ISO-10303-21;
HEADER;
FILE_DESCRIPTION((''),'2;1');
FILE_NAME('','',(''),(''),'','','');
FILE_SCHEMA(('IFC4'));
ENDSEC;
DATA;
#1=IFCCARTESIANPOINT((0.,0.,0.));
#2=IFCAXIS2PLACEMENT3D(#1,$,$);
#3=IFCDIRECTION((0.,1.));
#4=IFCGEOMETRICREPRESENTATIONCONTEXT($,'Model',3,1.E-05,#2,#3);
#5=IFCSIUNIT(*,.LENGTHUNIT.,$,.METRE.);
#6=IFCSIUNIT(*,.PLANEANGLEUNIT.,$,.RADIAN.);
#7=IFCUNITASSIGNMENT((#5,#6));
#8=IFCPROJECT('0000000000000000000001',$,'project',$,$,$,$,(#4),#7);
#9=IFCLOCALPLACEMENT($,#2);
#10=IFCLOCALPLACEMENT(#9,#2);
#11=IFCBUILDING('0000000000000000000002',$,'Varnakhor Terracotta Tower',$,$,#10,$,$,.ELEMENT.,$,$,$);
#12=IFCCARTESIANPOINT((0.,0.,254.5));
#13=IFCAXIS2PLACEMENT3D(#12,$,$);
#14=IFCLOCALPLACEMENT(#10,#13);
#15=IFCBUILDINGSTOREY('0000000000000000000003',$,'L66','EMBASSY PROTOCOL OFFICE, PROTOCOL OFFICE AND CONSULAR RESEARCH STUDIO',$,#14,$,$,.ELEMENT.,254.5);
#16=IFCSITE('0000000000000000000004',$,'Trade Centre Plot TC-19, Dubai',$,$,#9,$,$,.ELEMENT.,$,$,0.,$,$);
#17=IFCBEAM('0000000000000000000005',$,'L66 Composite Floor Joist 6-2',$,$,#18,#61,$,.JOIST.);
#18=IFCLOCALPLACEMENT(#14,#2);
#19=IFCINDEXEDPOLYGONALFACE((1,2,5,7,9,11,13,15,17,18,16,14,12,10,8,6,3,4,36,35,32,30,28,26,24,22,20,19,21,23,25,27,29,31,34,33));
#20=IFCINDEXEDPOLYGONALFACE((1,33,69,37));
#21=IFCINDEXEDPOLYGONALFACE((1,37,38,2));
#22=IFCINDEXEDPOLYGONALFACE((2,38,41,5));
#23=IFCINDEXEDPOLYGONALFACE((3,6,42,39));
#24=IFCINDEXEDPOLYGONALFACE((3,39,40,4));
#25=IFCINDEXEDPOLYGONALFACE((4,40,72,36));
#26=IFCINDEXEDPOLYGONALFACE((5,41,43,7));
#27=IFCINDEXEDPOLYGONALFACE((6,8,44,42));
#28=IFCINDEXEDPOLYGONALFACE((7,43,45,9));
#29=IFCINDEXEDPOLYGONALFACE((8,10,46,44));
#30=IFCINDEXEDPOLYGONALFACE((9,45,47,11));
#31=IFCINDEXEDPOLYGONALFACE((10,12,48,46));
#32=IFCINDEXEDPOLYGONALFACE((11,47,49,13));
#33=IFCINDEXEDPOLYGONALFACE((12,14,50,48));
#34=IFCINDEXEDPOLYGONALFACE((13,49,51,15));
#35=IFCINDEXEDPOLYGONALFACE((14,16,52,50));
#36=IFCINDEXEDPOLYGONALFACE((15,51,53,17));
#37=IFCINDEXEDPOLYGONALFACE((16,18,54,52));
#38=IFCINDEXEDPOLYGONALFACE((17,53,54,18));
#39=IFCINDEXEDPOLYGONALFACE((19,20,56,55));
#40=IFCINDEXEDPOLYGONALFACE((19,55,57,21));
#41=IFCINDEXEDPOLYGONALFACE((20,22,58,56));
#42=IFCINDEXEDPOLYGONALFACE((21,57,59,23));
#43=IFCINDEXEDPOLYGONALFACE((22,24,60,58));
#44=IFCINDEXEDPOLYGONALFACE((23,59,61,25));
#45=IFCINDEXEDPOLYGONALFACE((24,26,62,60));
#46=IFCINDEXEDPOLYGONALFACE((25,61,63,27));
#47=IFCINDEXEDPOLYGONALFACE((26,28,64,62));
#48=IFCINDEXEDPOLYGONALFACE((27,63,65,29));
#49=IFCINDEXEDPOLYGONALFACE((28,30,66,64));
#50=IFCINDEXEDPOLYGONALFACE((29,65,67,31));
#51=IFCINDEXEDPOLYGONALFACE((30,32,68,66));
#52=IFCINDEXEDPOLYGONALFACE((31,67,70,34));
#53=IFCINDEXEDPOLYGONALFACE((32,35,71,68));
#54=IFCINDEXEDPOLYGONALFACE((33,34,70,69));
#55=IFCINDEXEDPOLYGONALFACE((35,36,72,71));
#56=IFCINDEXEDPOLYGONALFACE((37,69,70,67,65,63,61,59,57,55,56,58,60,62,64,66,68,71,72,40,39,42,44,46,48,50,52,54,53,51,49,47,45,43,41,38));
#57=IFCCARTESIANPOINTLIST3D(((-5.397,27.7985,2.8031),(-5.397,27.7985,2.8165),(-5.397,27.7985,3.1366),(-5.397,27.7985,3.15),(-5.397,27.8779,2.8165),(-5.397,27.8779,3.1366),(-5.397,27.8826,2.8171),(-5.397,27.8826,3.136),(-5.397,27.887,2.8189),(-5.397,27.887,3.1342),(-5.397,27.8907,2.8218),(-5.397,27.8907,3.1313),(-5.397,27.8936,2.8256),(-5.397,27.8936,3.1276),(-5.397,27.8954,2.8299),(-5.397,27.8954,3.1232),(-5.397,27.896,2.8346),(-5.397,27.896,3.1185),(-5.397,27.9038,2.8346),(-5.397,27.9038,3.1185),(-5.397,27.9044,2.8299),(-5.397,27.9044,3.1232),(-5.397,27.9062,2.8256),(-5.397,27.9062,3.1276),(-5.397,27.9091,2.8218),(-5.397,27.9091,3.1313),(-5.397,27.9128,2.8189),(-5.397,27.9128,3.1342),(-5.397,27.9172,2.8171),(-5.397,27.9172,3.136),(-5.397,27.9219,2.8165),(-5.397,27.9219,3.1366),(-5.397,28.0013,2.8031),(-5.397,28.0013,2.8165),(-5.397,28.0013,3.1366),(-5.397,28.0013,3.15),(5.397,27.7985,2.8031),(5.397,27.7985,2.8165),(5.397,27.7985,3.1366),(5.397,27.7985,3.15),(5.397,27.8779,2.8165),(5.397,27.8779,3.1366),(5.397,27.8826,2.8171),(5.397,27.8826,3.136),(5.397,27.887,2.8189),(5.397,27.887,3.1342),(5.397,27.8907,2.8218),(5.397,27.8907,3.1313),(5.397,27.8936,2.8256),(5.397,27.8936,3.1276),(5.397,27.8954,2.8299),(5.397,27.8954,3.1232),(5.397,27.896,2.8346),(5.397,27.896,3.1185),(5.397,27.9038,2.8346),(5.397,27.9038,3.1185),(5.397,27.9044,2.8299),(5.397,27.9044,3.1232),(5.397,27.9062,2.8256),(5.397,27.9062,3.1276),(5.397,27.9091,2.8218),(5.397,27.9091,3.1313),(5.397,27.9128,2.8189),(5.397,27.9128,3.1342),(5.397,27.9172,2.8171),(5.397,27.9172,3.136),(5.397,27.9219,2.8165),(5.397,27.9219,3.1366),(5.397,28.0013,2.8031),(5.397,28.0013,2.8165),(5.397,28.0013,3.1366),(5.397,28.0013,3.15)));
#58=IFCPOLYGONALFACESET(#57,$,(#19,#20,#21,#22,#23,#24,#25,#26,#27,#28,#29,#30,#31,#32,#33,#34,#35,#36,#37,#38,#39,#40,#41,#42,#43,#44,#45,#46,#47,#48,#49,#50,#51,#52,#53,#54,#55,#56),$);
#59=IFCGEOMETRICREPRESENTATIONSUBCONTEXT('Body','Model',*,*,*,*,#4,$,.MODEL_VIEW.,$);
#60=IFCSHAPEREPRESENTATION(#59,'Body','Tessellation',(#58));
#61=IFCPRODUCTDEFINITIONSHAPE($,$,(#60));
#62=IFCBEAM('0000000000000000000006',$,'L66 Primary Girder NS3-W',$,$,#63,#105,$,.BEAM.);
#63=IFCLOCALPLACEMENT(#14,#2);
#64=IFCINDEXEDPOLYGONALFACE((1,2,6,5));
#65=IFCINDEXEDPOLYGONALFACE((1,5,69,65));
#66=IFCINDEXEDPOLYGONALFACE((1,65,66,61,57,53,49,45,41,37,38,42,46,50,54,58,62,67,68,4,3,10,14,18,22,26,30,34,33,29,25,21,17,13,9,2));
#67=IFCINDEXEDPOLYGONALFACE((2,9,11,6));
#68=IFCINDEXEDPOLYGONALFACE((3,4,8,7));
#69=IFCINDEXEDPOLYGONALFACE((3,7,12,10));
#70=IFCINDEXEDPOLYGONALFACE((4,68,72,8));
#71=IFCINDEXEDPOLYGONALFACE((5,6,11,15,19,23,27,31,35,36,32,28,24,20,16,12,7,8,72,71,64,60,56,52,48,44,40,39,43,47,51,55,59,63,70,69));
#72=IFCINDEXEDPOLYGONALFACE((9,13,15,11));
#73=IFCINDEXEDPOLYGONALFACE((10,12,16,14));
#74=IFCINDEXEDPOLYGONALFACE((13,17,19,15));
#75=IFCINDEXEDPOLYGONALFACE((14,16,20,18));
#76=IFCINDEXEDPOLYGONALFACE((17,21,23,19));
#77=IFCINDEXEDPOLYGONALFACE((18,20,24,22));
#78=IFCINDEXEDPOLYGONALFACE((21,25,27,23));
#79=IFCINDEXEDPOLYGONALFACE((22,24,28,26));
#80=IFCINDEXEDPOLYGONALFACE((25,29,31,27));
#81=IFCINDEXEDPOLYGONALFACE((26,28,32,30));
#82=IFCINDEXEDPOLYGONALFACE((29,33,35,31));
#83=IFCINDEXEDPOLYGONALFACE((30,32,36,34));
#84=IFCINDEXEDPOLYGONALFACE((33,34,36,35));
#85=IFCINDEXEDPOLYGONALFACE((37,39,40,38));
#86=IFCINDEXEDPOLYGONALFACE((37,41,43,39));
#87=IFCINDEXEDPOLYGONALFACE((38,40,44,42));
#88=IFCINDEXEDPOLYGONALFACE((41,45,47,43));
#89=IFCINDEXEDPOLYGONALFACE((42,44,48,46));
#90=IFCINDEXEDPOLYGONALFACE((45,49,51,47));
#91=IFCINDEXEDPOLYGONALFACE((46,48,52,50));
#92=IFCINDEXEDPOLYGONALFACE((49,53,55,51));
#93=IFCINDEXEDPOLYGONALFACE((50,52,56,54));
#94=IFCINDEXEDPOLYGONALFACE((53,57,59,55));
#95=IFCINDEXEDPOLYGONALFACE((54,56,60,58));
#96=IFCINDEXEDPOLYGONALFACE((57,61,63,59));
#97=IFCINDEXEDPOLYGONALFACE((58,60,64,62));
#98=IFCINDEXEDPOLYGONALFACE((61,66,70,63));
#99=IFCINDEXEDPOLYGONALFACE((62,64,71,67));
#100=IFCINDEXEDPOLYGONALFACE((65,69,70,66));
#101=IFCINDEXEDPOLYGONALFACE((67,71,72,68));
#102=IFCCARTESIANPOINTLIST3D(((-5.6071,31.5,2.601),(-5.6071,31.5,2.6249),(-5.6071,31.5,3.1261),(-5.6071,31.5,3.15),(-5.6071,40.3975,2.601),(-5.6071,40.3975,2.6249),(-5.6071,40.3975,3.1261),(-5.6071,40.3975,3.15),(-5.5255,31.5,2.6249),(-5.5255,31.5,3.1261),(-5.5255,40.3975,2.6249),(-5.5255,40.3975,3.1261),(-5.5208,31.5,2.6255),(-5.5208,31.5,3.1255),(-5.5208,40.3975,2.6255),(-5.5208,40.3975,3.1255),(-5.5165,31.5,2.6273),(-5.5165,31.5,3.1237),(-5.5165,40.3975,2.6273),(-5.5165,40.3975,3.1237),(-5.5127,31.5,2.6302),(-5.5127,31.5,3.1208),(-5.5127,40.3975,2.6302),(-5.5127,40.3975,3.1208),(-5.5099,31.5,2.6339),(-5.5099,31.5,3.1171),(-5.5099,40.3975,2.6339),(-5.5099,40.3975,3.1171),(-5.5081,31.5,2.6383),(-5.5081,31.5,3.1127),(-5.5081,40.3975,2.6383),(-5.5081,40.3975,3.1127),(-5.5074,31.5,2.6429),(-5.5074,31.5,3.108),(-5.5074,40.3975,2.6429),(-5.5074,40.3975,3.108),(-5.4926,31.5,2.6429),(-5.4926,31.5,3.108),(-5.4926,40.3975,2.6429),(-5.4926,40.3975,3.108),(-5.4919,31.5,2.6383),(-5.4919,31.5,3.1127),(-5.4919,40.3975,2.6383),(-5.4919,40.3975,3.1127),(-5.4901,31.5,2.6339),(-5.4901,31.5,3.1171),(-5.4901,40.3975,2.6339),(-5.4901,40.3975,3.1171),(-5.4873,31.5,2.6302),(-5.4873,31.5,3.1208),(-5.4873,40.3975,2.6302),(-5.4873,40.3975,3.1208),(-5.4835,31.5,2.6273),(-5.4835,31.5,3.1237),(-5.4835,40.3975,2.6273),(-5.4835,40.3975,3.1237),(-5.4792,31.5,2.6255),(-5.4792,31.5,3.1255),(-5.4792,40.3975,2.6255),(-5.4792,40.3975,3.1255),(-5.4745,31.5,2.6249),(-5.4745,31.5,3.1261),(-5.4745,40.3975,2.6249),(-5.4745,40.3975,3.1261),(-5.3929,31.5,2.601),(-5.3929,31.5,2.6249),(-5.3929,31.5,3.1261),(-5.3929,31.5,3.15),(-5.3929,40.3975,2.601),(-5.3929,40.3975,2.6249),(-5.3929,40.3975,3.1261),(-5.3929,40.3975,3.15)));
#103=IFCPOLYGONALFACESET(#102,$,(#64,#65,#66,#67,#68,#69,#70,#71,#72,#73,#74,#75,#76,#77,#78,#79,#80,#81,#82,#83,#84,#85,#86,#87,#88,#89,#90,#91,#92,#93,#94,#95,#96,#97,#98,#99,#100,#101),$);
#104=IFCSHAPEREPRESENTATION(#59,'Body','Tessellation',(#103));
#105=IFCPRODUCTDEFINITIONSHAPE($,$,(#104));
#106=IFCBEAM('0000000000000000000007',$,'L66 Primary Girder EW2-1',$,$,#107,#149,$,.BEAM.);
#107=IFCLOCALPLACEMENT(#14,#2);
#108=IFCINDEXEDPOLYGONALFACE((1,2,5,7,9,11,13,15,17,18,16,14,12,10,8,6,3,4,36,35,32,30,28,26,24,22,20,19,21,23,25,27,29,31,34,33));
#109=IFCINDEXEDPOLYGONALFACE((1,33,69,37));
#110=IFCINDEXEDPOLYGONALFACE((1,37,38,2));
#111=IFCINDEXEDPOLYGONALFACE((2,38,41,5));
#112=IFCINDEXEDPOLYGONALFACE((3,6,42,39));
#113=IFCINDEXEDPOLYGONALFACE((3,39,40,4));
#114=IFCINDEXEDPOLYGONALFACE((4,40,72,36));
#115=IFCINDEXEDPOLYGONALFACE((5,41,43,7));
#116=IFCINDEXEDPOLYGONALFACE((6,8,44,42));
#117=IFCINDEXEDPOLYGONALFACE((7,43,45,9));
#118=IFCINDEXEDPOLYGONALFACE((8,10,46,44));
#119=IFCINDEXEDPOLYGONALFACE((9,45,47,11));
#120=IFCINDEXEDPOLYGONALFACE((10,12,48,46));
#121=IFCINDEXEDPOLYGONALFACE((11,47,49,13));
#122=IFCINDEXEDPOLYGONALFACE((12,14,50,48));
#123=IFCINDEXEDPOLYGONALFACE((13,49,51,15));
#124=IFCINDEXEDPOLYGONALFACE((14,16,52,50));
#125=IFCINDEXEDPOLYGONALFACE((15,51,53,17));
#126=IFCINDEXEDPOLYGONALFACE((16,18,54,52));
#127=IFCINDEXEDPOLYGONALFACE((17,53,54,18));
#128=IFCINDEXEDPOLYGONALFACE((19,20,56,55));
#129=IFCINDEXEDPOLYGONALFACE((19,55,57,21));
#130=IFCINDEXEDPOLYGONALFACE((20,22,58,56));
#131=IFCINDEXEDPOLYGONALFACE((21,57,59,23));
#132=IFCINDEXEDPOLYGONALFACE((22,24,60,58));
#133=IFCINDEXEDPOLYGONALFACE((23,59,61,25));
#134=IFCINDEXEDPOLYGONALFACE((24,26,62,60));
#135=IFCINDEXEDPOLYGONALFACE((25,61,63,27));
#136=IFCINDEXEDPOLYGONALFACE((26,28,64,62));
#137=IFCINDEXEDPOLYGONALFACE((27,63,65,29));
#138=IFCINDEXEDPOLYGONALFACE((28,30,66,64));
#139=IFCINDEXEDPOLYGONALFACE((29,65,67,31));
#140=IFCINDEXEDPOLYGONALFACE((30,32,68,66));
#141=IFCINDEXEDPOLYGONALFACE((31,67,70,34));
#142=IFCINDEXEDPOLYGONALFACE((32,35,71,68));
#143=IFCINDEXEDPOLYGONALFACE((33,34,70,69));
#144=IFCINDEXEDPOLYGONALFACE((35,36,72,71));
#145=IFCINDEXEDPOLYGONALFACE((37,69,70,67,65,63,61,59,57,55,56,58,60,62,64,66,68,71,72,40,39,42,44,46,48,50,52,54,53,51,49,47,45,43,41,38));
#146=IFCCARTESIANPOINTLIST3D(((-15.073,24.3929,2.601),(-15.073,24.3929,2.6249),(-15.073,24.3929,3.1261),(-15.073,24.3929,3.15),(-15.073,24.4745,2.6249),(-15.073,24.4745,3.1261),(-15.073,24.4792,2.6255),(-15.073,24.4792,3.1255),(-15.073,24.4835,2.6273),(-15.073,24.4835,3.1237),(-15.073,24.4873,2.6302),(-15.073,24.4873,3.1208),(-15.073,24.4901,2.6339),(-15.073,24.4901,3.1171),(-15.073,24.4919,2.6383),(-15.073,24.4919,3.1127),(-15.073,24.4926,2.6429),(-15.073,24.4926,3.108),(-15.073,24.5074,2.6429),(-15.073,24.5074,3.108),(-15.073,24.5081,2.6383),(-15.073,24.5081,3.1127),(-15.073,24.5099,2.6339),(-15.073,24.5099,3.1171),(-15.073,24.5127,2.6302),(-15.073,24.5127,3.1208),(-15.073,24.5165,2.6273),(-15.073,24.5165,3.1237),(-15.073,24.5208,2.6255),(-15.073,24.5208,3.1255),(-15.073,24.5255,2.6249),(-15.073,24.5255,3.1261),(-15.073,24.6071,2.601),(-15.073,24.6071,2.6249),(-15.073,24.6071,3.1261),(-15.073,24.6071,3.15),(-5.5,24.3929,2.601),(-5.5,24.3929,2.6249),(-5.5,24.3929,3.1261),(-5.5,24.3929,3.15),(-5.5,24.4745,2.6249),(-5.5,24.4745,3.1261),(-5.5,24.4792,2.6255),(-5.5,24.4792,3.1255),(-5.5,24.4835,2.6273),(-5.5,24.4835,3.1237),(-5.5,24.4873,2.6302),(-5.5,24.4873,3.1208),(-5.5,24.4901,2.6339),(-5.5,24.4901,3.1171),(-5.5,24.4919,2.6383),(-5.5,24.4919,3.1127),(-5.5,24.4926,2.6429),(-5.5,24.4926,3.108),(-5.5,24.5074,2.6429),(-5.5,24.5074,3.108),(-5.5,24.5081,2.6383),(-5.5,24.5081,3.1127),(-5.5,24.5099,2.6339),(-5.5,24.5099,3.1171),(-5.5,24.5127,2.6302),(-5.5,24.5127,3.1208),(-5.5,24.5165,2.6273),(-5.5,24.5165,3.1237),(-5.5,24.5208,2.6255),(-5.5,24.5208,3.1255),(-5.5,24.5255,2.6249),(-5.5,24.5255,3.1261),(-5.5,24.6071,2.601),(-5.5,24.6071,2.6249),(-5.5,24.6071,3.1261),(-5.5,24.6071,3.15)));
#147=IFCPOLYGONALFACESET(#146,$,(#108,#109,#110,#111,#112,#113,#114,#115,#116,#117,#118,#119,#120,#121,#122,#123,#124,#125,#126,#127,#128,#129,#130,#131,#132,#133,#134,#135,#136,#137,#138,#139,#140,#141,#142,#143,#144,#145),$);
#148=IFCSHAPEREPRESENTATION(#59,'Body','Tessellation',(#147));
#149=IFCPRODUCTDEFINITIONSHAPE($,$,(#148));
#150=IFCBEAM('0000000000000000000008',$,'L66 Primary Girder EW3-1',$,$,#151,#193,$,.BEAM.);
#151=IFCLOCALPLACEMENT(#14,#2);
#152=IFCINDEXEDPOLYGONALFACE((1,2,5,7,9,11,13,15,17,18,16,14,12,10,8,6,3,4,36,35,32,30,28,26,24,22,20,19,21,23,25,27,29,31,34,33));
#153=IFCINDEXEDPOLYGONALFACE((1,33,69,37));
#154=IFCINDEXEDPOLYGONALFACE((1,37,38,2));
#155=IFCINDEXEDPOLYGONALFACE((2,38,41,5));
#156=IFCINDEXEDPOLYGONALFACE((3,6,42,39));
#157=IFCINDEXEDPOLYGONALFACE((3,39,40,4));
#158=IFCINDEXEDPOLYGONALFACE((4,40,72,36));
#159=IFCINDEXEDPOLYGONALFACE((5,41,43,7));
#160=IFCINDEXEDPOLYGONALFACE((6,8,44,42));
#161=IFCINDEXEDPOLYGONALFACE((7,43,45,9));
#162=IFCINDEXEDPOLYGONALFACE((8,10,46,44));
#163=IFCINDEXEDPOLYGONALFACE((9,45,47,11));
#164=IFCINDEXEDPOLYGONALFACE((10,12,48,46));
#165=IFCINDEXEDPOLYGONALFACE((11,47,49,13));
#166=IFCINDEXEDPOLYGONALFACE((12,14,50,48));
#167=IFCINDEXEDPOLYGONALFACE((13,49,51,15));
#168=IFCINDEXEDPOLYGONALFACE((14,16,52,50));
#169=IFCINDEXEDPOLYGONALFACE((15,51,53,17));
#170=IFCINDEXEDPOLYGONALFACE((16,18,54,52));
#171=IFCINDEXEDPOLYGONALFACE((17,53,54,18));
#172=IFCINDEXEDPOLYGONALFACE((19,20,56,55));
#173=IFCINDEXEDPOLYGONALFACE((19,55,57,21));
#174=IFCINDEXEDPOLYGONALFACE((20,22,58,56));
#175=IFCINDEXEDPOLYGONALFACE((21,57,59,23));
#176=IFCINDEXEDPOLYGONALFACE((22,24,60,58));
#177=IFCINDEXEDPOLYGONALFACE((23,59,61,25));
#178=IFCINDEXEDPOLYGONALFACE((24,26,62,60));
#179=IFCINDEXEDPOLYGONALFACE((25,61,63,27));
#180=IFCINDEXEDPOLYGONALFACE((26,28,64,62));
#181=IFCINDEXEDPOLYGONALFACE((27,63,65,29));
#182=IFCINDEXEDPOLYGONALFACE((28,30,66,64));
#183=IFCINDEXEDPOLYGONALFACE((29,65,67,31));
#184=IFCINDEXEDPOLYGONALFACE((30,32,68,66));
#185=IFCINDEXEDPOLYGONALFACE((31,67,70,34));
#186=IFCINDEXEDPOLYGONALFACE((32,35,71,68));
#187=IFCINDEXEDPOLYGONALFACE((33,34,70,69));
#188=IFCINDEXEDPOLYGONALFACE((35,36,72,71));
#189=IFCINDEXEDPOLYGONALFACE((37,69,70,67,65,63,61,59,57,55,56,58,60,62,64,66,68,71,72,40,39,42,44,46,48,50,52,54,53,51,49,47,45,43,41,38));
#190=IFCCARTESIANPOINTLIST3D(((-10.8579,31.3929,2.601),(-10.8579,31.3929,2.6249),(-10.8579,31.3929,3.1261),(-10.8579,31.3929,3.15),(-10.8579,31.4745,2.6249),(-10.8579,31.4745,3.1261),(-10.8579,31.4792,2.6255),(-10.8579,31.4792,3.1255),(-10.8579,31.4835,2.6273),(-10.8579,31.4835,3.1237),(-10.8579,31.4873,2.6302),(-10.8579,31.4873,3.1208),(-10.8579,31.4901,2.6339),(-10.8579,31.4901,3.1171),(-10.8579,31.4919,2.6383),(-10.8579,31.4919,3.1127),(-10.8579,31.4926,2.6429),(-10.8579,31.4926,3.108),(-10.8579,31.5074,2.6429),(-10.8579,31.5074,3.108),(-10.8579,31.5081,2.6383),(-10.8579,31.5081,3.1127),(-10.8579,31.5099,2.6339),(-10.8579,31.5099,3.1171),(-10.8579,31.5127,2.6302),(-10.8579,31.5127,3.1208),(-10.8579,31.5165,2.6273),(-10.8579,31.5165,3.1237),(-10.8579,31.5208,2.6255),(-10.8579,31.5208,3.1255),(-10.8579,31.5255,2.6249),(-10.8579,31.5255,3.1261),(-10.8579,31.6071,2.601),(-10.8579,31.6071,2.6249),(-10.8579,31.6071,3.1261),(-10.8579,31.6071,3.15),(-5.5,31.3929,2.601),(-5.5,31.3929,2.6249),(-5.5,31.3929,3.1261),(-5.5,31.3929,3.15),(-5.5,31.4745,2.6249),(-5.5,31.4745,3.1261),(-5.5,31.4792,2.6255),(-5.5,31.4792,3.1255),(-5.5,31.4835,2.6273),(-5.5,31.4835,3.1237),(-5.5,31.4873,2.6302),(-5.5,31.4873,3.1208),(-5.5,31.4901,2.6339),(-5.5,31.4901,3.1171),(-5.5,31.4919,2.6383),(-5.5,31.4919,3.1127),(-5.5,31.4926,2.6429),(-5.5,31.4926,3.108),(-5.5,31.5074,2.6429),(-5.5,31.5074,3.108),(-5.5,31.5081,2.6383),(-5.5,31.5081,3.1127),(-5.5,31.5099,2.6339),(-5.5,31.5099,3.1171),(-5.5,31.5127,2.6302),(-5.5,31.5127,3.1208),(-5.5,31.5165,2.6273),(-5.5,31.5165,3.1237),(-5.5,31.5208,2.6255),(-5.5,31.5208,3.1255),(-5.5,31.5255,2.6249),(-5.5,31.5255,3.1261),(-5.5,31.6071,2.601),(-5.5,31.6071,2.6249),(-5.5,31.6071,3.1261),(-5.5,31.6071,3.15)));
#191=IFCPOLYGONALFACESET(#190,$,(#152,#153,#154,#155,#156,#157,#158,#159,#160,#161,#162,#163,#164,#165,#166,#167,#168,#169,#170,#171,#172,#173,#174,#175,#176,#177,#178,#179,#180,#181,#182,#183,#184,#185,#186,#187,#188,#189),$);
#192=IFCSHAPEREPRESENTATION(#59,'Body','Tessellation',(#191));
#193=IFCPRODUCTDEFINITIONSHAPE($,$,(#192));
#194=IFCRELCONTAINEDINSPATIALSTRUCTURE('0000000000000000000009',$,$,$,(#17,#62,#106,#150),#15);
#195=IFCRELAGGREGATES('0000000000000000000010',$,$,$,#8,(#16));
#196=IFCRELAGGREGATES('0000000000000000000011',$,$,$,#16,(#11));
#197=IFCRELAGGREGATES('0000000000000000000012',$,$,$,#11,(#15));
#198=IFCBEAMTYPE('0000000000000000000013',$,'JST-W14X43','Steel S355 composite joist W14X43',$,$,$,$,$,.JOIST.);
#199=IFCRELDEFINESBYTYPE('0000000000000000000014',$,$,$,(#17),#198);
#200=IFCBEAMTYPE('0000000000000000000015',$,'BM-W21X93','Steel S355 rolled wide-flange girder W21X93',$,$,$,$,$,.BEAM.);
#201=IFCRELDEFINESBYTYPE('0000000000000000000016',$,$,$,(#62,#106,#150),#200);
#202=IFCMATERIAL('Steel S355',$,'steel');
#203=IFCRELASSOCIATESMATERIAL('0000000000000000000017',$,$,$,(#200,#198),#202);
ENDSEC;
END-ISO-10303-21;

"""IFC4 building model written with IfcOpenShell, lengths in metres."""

from ifc_helpers import new_model, si_unit, direction, frame, origin, origin_2d, place, context, subcontext, project, spatial, i_section, extrude, source, transform, mapped, material, material_profile, profile_set, type_object, element, save


model = new_model("IFC4")

# Units and contexts
model_context = context("Model", 3, precision=1e-05, world=origin(), true_north=direction((0.0, 1.0)))
body_context = subcontext(model_context, "Body", "Model", "MODEL_VIEW")
ifc_project = project(units=[si_unit("LENGTHUNIT", "METRE"), si_unit("PLANEANGLEUNIT", "RADIAN")], contexts=[model_context])

# Site, building, storey
site_placement = place(None, origin())
site = spatial("IfcSite", under=ifc_project, at=site_placement, Name="Trade Centre Plot TC-19, Dubai", CompositionType="ELEMENT", RefElevation=0.0)
building_placement = place(site_placement, origin())
building = spatial("IfcBuilding", under=site, at=building_placement, Name="Varnakhor Terracotta Tower", CompositionType="ELEMENT")
storey_placement = place(building_placement, frame((0.0, 0.0, 254.5)))
storey = spatial("IfcBuildingStorey", under=building, at=storey_placement, Name="L66", Description="EMBASSY PROTOCOL OFFICE, PROTOCOL OFFICE AND CONSULAR RESEARCH STUDIO", CompositionType="ELEMENT", Elevation=254.5)

# Beams
ifc_material_1 = material(Name="Steel S355", Category="steel")
ifc_material_profile_1 = material_profile(ifc_material_1, i_section(OverallWidth=0.2141, OverallDepth=0.5491, WebThickness=0.0149, FlangeThickness=0.0239, FilletRadius=0.0181, at=origin_2d()), Name="W21X93")
ifc_profile_set_1 = profile_set([ifc_material_profile_1], Name="Steel S355")
beam_type_1 = type_object("IfcBeamType", Name="BM-W21X93", Description="Steel S355 rolled wide-flange girder W21X93", PredefinedType="BEAM", material=ifc_profile_set_1)
ifc_material_profile_2 = material_profile(ifc_material_1, i_section(OverallWidth=0.2029, OverallDepth=0.3469, WebThickness=0.0078, FlangeThickness=0.0134, FilletRadius=0.0181, at=origin_2d()), Name="W14X43")
ifc_profile_set_2 = profile_set([ifc_material_profile_2], Name="Steel S355")
beam_type_2 = type_object("IfcBeamType", Name="JST-W14X43", Description="Steel S355 composite joist W14X43", PredefinedType="JOIST", material=ifc_profile_set_2)
shared_shape_1 = source(origin(), body_context, "Body", "SweptSolid", [
    extrude(i_section(OverallWidth=0.2029, OverallDepth=0.3469, WebThickness=0.0078, FlangeThickness=0.0134, FilletRadius=0.0181, at=origin_2d()), origin(), (0.0, 0.0, 1.0), 10.7939),
])
beam_1_placement = place(storey_placement, frame((-5.397, 27.8999, 2.9766), z_axis=(1.0, 0.0, 0.0), x_axis=(0.0, 1.0, 0.0)))
element("IfcBeam", 1, at=beam_1_placement, inside=storey, type_object=beam_type_2, Name="L66 Composite Floor Joist 6-2", PredefinedType="JOIST", context=body_context, shape_type="MappedRepresentation", body=[
    mapped(shared_shape_1, transform((0.0, 0.0, 0.0), scale=1.0)),
])
shared_shape_2 = source(origin(), body_context, "Body", "SweptSolid", [
    extrude(i_section(OverallWidth=0.2141, OverallDepth=0.5491, WebThickness=0.0149, FlangeThickness=0.0239, FilletRadius=0.0181, at=origin_2d()), origin(), (0.0, 0.0, 1.0), 8.8975),
])
beam_2_placement = place(storey_placement, frame((-5.5, 31.5, 2.8755), z_axis=(0.0, 1.0, 0.0), x_axis=(-1.0, 0.0, 0.0)))
element("IfcBeam", 2, at=beam_2_placement, inside=storey, type_object=beam_type_1, Name="L66 Primary Girder NS3-W", PredefinedType="BEAM", context=body_context, shape_type="MappedRepresentation", body=[
    mapped(shared_shape_2, transform((0.0, 0.0, 0.0), scale=1.0)),
])
shared_shape_3 = source(origin(), body_context, "Body", "SweptSolid", [
    extrude(i_section(OverallWidth=0.2141, OverallDepth=0.5491, WebThickness=0.0149, FlangeThickness=0.0239, FilletRadius=0.0181, at=origin_2d()), origin(), (0.0, 0.0, 1.0), 9.573),
])
beam_3_placement = place(storey_placement, frame((-15.073, 24.5, 2.8755), z_axis=(1.0, 0.0, 0.0), x_axis=(0.0, 1.0, 0.0)))
element("IfcBeam", 3, at=beam_3_placement, inside=storey, type_object=beam_type_1, Name="L66 Primary Girder EW2-1", PredefinedType="BEAM", context=body_context, shape_type="MappedRepresentation", body=[
    mapped(shared_shape_3, transform((0.0, 0.0, 0.0), scale=1.0)),
])
shared_shape_4 = source(origin(), body_context, "Body", "SweptSolid", [
    extrude(i_section(OverallWidth=0.2141, OverallDepth=0.5491, WebThickness=0.0149, FlangeThickness=0.0239, FilletRadius=0.0181, at=origin_2d()), origin(), (0.0, 0.0, 1.0), 5.3579),
])
beam_4_placement = place(storey_placement, frame((-10.8579, 31.5, 2.8755), z_axis=(1.0, 0.0, 0.0), x_axis=(0.0, 1.0, 0.0)))
element("IfcBeam", 4, at=beam_4_placement, inside=storey, type_object=beam_type_1, Name="L66 Primary Girder EW3-1", PredefinedType="BEAM", context=body_context, shape_type="MappedRepresentation", body=[
    mapped(shared_shape_4, transform((0.0, 0.0, 0.0), scale=1.0)),
])

save(model, "model.ifc")
